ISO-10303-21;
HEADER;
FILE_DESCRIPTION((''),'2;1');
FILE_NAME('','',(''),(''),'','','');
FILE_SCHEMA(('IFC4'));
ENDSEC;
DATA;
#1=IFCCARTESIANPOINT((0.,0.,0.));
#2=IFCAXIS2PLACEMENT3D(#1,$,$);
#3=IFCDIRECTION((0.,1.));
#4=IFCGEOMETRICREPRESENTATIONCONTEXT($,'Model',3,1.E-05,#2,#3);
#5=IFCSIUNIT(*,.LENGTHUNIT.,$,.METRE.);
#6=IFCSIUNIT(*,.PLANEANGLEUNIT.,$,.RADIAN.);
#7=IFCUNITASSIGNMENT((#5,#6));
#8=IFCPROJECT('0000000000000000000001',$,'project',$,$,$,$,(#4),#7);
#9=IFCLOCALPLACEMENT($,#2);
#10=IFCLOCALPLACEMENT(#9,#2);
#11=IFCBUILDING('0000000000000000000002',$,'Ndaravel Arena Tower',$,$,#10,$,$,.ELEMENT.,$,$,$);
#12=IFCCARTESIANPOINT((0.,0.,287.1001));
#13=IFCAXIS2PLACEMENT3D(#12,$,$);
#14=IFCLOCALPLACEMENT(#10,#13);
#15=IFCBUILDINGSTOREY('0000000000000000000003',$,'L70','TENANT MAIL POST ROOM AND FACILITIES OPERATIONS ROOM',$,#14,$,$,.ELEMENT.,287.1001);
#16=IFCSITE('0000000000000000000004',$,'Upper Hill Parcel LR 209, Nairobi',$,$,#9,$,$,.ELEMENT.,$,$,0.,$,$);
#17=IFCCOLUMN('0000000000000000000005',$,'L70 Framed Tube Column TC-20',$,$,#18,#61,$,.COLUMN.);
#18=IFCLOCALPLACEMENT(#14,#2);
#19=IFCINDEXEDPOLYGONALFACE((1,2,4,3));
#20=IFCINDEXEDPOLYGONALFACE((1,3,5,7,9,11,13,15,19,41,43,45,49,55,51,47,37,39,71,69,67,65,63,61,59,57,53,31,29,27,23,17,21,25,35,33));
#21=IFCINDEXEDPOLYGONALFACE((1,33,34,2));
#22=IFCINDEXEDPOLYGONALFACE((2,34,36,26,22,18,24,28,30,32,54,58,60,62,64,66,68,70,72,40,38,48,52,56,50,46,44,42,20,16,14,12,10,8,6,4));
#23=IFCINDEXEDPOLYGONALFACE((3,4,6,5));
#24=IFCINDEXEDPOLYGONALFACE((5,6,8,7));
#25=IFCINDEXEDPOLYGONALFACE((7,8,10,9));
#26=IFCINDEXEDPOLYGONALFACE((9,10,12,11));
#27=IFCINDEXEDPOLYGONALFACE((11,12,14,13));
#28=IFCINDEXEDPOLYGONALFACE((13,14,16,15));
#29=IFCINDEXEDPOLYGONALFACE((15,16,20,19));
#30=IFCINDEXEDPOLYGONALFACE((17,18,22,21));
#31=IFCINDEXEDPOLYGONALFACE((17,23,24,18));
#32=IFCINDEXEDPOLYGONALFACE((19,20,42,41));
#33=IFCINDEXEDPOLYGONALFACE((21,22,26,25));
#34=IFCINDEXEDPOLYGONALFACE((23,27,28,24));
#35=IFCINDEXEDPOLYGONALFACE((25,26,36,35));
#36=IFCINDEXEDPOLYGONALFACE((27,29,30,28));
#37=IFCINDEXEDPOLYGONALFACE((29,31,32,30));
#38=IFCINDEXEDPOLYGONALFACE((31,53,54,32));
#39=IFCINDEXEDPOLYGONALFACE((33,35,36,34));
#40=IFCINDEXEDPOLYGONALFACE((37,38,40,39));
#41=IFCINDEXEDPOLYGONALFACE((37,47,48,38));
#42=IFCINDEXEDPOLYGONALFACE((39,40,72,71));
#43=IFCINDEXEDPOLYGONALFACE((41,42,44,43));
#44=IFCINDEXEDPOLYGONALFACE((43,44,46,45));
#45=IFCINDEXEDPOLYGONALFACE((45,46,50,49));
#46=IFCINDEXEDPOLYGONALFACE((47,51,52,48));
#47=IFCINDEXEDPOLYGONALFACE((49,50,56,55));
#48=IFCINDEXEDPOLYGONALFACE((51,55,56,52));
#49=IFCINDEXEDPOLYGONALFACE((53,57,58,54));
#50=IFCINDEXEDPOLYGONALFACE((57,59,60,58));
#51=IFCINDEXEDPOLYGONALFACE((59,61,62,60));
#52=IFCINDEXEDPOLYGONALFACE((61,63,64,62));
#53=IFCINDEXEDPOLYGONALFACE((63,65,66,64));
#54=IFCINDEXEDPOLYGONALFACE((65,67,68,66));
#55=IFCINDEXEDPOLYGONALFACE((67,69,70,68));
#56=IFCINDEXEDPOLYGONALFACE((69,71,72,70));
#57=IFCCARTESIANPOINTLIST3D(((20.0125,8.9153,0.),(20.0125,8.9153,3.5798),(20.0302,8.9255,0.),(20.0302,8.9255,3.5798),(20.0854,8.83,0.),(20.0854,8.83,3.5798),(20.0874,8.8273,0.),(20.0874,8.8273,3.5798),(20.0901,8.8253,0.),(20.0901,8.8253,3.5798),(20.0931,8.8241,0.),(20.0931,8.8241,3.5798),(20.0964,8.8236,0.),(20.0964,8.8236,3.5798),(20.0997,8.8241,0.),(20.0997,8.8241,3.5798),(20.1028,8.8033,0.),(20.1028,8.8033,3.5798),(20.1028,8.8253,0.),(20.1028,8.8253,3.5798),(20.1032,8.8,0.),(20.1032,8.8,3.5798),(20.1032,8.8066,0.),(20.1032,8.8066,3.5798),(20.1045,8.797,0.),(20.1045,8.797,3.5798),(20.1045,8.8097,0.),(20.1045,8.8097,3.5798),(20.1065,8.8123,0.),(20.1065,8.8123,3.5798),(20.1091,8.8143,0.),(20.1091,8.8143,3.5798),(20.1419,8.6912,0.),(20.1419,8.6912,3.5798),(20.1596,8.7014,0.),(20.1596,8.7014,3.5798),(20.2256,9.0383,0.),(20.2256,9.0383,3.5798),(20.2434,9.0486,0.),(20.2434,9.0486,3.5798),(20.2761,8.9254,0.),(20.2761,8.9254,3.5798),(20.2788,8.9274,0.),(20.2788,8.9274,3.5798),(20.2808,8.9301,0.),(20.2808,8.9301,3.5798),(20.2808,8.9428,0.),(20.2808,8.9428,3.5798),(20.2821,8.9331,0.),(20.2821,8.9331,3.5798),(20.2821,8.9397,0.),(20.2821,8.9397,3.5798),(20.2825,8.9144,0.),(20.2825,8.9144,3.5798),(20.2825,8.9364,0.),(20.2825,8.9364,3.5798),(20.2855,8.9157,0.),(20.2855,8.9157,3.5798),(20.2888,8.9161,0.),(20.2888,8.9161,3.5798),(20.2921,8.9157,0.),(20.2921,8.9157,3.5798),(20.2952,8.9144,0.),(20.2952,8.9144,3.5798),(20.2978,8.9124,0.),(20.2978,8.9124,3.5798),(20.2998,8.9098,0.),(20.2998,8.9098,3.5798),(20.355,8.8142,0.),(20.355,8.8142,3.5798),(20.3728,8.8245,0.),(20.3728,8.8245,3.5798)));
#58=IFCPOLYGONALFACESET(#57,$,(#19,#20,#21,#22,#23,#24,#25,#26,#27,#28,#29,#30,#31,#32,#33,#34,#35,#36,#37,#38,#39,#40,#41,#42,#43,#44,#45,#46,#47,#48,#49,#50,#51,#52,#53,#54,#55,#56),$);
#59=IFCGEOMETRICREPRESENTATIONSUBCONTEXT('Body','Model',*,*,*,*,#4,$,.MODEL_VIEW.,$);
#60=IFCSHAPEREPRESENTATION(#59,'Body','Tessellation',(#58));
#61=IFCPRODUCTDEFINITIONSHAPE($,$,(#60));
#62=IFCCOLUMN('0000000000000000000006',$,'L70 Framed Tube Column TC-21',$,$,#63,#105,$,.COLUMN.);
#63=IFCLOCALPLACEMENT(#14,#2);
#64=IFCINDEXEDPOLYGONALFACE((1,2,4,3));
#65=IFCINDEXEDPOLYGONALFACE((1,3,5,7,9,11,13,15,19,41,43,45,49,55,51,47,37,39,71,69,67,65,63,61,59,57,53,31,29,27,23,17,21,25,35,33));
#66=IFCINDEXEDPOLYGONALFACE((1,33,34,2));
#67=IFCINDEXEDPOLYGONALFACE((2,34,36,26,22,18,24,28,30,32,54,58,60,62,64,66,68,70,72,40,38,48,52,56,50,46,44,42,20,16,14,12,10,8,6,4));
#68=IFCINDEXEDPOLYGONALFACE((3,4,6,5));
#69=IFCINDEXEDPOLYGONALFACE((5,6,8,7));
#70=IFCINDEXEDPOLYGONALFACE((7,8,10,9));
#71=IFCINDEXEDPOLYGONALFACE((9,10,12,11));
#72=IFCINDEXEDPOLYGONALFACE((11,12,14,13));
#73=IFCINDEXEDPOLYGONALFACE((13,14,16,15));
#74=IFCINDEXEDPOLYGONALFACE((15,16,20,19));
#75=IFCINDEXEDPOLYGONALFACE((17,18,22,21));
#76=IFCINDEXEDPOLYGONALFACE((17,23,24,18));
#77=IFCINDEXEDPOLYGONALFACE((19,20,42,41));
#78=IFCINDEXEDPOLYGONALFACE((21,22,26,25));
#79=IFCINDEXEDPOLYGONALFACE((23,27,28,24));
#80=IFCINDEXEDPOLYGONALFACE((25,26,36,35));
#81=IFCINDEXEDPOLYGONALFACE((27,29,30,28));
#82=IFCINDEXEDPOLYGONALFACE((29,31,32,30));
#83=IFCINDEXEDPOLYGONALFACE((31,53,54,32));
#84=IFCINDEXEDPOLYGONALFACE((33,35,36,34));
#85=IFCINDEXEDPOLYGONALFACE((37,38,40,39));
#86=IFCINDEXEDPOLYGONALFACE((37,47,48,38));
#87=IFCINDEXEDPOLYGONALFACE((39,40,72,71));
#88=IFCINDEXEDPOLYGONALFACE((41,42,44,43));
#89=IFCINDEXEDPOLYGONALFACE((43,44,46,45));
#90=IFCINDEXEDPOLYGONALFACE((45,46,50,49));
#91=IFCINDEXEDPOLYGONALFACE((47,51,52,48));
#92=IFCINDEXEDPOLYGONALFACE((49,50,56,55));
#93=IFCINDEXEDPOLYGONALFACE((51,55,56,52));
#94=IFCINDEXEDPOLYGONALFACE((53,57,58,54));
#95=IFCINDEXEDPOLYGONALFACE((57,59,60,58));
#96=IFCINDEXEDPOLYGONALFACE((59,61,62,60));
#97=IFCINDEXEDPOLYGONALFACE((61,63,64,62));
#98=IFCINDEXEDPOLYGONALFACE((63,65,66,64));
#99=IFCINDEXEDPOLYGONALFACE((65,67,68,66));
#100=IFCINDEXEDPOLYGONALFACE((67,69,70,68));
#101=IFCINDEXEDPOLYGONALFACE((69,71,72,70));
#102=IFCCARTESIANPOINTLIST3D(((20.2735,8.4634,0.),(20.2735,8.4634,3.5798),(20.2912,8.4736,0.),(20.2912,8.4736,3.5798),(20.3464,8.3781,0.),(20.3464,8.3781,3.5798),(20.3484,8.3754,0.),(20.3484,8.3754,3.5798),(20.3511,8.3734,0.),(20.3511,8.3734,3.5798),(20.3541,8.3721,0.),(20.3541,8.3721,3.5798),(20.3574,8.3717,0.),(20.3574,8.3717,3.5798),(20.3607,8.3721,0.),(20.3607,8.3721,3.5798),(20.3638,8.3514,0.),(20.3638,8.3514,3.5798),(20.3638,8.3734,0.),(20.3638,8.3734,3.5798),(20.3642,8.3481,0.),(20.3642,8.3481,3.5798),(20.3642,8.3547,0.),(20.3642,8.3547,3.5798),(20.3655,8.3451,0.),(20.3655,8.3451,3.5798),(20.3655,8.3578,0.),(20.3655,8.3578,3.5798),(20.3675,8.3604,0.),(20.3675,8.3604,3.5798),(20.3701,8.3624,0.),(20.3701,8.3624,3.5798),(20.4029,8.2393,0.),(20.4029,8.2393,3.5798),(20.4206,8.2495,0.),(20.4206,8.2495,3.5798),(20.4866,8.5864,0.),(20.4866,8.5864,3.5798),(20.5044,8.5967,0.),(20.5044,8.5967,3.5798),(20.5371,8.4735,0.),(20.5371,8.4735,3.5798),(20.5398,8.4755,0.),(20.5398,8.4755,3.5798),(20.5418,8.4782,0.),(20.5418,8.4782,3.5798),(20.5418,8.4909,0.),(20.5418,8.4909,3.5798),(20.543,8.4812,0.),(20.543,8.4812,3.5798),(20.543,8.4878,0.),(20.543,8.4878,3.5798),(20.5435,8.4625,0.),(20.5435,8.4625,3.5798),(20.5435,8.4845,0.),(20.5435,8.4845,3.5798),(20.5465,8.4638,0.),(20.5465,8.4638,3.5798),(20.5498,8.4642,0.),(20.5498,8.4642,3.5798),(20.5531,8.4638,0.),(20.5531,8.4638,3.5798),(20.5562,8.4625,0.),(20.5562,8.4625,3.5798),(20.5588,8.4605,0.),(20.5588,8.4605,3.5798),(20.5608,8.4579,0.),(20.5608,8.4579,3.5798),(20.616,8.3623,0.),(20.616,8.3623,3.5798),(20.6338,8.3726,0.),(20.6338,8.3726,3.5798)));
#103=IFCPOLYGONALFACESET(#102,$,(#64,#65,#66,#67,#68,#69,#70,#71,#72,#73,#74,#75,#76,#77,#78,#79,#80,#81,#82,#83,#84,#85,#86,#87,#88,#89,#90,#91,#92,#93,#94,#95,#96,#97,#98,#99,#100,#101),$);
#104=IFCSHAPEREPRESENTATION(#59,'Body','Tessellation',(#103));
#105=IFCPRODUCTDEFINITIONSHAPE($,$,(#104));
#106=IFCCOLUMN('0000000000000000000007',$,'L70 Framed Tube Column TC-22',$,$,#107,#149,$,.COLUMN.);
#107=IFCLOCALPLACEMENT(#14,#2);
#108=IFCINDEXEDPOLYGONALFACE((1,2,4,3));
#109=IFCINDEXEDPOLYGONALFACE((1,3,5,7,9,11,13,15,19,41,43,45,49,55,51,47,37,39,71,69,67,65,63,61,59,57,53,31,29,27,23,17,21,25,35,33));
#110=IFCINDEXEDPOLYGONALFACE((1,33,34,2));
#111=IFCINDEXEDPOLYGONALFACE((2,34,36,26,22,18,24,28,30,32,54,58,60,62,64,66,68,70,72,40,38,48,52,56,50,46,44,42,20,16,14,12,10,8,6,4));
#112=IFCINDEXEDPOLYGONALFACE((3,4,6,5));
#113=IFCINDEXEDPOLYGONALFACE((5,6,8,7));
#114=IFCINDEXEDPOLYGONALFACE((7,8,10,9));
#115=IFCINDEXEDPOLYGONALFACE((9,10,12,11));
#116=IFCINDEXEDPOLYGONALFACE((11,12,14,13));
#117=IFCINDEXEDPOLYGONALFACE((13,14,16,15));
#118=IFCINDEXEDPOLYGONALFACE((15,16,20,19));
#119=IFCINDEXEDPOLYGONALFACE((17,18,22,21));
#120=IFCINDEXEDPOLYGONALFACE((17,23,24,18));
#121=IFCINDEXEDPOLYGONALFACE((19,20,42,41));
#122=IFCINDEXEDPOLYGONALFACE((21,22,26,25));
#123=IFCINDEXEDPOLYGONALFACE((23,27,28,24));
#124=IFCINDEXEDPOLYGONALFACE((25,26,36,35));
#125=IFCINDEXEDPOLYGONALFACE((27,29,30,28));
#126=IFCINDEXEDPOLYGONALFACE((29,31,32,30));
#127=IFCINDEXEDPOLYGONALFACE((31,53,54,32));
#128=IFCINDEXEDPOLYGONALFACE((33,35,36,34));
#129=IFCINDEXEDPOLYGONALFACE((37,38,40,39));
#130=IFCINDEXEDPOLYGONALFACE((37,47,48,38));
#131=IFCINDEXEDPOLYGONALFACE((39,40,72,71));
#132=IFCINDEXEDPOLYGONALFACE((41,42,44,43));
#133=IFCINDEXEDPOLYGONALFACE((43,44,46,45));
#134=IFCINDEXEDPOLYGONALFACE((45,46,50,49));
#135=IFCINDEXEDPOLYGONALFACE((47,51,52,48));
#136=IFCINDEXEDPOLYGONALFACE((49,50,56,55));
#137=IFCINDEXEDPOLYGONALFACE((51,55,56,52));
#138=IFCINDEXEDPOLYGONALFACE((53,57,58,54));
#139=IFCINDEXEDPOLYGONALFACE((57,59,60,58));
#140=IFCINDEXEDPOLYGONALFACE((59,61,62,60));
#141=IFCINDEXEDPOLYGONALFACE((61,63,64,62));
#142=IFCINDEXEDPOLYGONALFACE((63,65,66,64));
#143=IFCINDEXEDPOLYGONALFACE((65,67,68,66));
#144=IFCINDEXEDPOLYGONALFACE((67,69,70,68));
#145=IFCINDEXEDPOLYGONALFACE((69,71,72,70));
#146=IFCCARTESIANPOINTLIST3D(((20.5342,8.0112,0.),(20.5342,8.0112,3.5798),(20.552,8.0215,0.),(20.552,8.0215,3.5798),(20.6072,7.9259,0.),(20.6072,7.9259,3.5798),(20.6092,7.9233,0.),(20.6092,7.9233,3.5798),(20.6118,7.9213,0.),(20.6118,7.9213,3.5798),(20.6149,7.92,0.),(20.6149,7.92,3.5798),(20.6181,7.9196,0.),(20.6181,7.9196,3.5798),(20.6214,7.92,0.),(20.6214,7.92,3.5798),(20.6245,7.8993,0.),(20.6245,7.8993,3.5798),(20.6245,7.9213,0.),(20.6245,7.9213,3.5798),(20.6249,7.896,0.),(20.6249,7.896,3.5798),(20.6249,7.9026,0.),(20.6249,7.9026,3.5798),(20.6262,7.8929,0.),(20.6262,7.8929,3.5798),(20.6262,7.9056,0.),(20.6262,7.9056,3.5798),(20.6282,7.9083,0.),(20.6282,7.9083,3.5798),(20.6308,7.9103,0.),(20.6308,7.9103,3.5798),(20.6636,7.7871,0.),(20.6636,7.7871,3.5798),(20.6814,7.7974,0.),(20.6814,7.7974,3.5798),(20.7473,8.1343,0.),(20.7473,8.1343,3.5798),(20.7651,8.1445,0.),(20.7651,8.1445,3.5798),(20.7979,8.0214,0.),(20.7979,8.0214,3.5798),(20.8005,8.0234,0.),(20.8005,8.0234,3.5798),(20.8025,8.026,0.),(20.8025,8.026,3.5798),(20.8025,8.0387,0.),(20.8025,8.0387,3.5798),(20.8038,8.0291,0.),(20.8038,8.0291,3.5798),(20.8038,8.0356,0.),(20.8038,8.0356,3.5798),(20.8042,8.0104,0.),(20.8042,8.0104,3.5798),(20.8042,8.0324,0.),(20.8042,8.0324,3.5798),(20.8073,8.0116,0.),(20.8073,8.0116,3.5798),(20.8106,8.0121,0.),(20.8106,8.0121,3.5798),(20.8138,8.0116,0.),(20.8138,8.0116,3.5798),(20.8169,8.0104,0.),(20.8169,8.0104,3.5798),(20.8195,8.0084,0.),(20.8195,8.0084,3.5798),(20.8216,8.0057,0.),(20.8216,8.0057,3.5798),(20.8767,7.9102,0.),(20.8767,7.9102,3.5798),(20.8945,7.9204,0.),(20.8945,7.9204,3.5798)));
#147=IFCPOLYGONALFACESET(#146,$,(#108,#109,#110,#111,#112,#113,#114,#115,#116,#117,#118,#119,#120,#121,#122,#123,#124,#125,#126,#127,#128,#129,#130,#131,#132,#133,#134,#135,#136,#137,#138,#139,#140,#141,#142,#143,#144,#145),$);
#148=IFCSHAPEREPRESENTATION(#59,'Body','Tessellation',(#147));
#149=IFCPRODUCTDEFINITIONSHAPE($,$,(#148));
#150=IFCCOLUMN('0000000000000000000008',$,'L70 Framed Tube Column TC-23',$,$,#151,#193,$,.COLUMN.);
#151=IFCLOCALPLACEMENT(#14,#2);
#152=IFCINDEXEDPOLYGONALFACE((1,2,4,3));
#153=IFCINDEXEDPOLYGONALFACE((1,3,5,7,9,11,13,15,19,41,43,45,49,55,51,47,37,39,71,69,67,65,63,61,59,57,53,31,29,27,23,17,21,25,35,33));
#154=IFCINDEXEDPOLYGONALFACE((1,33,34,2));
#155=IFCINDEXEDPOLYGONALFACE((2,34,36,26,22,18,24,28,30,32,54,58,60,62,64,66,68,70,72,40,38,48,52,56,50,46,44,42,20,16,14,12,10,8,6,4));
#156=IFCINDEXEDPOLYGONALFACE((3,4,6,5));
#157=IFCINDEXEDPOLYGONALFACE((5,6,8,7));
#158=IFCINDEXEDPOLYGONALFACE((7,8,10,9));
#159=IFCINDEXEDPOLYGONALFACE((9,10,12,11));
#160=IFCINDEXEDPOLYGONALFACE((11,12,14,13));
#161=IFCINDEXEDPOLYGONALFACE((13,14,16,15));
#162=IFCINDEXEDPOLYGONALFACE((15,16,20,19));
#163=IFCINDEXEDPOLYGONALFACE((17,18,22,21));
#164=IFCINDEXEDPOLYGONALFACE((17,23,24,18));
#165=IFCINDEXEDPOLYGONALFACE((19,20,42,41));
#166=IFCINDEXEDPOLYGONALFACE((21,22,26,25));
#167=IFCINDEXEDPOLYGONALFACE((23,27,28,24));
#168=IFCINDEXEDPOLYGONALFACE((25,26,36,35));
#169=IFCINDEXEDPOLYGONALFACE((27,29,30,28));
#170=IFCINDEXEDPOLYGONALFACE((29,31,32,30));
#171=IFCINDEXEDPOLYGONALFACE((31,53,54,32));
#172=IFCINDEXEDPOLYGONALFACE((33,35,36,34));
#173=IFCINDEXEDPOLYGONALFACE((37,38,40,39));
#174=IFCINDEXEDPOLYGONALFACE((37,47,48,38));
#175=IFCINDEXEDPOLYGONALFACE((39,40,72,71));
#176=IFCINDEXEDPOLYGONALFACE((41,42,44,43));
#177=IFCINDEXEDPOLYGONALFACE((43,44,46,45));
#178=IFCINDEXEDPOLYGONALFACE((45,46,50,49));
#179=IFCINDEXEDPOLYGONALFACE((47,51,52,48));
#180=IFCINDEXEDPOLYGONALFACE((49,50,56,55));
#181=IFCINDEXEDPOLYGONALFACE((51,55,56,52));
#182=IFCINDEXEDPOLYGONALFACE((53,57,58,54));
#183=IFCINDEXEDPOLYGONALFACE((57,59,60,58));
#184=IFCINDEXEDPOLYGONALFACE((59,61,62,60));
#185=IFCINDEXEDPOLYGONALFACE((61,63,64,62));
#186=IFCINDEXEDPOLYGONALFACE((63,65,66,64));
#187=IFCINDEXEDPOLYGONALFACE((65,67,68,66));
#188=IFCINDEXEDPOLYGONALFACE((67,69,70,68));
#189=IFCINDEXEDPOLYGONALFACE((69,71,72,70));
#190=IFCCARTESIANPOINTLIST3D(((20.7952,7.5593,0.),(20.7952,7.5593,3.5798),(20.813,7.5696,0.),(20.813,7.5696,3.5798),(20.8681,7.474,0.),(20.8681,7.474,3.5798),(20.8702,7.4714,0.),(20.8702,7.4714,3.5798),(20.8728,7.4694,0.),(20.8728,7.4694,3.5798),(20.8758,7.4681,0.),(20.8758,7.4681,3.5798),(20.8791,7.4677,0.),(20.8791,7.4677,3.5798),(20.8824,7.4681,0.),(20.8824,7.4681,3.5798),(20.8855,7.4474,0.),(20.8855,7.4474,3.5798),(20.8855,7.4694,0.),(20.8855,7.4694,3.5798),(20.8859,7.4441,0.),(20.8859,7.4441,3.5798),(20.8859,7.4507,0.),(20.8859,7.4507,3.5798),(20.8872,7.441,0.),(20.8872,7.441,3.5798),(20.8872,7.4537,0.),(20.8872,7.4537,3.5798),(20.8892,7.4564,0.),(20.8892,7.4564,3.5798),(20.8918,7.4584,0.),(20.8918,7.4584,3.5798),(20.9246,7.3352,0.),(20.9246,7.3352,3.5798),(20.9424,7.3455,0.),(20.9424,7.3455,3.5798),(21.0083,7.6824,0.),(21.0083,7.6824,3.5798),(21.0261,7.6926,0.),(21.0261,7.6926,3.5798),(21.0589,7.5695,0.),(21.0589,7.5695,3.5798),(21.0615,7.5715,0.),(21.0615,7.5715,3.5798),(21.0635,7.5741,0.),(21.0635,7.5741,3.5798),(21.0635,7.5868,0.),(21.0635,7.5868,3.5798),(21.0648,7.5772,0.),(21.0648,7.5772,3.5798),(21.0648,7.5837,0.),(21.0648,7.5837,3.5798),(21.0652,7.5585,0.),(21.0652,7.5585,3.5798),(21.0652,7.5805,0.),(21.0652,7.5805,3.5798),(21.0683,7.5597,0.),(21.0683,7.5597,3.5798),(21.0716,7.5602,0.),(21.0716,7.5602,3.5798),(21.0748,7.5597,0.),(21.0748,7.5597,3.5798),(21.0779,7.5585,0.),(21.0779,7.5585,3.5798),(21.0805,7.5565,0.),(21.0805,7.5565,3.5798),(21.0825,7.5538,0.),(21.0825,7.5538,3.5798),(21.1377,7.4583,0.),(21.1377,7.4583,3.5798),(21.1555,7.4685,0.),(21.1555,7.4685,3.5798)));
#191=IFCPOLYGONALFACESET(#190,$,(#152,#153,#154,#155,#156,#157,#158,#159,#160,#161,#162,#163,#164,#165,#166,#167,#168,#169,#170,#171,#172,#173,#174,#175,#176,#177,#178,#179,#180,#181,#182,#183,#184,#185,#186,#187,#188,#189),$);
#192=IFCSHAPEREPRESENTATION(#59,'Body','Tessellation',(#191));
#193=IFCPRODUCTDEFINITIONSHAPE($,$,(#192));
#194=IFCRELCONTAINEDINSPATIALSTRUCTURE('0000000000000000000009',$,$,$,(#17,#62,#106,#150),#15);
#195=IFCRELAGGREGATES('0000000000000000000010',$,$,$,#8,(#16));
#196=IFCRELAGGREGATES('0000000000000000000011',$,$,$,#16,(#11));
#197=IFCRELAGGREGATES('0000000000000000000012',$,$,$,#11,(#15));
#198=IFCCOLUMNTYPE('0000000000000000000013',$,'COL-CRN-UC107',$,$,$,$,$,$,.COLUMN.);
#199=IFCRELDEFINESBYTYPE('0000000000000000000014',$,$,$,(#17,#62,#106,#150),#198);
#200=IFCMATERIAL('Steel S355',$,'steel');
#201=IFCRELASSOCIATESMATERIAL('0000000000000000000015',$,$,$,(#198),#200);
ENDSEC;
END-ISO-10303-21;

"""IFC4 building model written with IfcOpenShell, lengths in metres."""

from ifc_helpers import new_model, si_unit, direction, frame, origin, origin_2d, place, context, subcontext, project, spatial, i_section, extrude, material, material_profile, profile_set, type_object, element, save


model = new_model("IFC4")

# Units and contexts
model_context = context("Model", 3, precision=1e-05, world=origin(), true_north=direction((0.0, 1.0)))
body_context = subcontext(model_context, "Body", "Model", "MODEL_VIEW")
ifc_project = project(units=[si_unit("LENGTHUNIT", "METRE"), si_unit("PLANEANGLEUNIT", "RADIAN")], contexts=[model_context])

# Site, building, storey
site_placement = place(None, origin())
site = spatial("IfcSite", under=ifc_project, at=site_placement, Name="Upper Hill Parcel LR 209, Nairobi", CompositionType="ELEMENT", RefElevation=0.0)
building_placement = place(site_placement, origin())
building = spatial("IfcBuilding", under=site, at=building_placement, Name="Ndaravel Arena Tower", CompositionType="ELEMENT")
storey_placement = place(building_placement, frame((0.0, 0.0, 287.1001)))
storey = spatial("IfcBuildingStorey", under=building, at=storey_placement, Name="L70", Description="TENANT MAIL POST ROOM AND FACILITIES OPERATIONS ROOM", CompositionType="ELEMENT", Elevation=287.1001)

# Columns
ifc_material_1 = material(Name="Steel S355", Category="steel")
ifc_material_profile_1 = material_profile(ifc_material_1, i_section(OverallWidth=0.2588, OverallDepth=0.2666, WebThickness=0.0127, FlangeThickness=0.0205, FilletRadius=0.0127, at=origin_2d()), Name="UC 254x254x107")
ifc_profile_set_1 = profile_set([ifc_material_profile_1], Name="Steel S355")
column_type = type_object("IfcColumnType", Name="COL-CRN-UC107", PredefinedType="COLUMN", material=ifc_profile_set_1)
for number, where, z_axis, x_axis, name in (
    (1, (20.1926, 8.8699, 0.0), (0.0, 0.0, 1.0), (-0.5, 0.866025, 0.0), "L70 Framed Tube Column TC-20"),
    (2, (20.4536, 8.418, 0.0), (0.0, 0.0, 1.0), (-0.5, 0.866025, 0.0), "L70 Framed Tube Column TC-21"),
    (3, (20.7144, 7.9658, 0.0), (0.0, 0.0, 1.0), (-0.5, 0.866025, 0.0), "L70 Framed Tube Column TC-22"),
    (4, (20.9753, 7.5139, 0.0), (0.0, 0.0, 1.0), (-0.5, 0.866025, 0.0), "L70 Framed Tube Column TC-23"),
):
    element("IfcColumn", number, at=place(storey_placement, frame(where, z_axis=z_axis, x_axis=x_axis)), inside=storey, type_object=column_type, Name=name, PredefinedType="COLUMN", context=body_context, shape_type="SweptSolid", body=[
        extrude(i_section(OverallWidth=0.2588, OverallDepth=0.2666, WebThickness=0.0127, FlangeThickness=0.0205, FilletRadius=0.0127, at=origin_2d()), origin(), (0.0, 0.0, 1.0), 3.5798),
    ])

save(model, "model.ifc")
